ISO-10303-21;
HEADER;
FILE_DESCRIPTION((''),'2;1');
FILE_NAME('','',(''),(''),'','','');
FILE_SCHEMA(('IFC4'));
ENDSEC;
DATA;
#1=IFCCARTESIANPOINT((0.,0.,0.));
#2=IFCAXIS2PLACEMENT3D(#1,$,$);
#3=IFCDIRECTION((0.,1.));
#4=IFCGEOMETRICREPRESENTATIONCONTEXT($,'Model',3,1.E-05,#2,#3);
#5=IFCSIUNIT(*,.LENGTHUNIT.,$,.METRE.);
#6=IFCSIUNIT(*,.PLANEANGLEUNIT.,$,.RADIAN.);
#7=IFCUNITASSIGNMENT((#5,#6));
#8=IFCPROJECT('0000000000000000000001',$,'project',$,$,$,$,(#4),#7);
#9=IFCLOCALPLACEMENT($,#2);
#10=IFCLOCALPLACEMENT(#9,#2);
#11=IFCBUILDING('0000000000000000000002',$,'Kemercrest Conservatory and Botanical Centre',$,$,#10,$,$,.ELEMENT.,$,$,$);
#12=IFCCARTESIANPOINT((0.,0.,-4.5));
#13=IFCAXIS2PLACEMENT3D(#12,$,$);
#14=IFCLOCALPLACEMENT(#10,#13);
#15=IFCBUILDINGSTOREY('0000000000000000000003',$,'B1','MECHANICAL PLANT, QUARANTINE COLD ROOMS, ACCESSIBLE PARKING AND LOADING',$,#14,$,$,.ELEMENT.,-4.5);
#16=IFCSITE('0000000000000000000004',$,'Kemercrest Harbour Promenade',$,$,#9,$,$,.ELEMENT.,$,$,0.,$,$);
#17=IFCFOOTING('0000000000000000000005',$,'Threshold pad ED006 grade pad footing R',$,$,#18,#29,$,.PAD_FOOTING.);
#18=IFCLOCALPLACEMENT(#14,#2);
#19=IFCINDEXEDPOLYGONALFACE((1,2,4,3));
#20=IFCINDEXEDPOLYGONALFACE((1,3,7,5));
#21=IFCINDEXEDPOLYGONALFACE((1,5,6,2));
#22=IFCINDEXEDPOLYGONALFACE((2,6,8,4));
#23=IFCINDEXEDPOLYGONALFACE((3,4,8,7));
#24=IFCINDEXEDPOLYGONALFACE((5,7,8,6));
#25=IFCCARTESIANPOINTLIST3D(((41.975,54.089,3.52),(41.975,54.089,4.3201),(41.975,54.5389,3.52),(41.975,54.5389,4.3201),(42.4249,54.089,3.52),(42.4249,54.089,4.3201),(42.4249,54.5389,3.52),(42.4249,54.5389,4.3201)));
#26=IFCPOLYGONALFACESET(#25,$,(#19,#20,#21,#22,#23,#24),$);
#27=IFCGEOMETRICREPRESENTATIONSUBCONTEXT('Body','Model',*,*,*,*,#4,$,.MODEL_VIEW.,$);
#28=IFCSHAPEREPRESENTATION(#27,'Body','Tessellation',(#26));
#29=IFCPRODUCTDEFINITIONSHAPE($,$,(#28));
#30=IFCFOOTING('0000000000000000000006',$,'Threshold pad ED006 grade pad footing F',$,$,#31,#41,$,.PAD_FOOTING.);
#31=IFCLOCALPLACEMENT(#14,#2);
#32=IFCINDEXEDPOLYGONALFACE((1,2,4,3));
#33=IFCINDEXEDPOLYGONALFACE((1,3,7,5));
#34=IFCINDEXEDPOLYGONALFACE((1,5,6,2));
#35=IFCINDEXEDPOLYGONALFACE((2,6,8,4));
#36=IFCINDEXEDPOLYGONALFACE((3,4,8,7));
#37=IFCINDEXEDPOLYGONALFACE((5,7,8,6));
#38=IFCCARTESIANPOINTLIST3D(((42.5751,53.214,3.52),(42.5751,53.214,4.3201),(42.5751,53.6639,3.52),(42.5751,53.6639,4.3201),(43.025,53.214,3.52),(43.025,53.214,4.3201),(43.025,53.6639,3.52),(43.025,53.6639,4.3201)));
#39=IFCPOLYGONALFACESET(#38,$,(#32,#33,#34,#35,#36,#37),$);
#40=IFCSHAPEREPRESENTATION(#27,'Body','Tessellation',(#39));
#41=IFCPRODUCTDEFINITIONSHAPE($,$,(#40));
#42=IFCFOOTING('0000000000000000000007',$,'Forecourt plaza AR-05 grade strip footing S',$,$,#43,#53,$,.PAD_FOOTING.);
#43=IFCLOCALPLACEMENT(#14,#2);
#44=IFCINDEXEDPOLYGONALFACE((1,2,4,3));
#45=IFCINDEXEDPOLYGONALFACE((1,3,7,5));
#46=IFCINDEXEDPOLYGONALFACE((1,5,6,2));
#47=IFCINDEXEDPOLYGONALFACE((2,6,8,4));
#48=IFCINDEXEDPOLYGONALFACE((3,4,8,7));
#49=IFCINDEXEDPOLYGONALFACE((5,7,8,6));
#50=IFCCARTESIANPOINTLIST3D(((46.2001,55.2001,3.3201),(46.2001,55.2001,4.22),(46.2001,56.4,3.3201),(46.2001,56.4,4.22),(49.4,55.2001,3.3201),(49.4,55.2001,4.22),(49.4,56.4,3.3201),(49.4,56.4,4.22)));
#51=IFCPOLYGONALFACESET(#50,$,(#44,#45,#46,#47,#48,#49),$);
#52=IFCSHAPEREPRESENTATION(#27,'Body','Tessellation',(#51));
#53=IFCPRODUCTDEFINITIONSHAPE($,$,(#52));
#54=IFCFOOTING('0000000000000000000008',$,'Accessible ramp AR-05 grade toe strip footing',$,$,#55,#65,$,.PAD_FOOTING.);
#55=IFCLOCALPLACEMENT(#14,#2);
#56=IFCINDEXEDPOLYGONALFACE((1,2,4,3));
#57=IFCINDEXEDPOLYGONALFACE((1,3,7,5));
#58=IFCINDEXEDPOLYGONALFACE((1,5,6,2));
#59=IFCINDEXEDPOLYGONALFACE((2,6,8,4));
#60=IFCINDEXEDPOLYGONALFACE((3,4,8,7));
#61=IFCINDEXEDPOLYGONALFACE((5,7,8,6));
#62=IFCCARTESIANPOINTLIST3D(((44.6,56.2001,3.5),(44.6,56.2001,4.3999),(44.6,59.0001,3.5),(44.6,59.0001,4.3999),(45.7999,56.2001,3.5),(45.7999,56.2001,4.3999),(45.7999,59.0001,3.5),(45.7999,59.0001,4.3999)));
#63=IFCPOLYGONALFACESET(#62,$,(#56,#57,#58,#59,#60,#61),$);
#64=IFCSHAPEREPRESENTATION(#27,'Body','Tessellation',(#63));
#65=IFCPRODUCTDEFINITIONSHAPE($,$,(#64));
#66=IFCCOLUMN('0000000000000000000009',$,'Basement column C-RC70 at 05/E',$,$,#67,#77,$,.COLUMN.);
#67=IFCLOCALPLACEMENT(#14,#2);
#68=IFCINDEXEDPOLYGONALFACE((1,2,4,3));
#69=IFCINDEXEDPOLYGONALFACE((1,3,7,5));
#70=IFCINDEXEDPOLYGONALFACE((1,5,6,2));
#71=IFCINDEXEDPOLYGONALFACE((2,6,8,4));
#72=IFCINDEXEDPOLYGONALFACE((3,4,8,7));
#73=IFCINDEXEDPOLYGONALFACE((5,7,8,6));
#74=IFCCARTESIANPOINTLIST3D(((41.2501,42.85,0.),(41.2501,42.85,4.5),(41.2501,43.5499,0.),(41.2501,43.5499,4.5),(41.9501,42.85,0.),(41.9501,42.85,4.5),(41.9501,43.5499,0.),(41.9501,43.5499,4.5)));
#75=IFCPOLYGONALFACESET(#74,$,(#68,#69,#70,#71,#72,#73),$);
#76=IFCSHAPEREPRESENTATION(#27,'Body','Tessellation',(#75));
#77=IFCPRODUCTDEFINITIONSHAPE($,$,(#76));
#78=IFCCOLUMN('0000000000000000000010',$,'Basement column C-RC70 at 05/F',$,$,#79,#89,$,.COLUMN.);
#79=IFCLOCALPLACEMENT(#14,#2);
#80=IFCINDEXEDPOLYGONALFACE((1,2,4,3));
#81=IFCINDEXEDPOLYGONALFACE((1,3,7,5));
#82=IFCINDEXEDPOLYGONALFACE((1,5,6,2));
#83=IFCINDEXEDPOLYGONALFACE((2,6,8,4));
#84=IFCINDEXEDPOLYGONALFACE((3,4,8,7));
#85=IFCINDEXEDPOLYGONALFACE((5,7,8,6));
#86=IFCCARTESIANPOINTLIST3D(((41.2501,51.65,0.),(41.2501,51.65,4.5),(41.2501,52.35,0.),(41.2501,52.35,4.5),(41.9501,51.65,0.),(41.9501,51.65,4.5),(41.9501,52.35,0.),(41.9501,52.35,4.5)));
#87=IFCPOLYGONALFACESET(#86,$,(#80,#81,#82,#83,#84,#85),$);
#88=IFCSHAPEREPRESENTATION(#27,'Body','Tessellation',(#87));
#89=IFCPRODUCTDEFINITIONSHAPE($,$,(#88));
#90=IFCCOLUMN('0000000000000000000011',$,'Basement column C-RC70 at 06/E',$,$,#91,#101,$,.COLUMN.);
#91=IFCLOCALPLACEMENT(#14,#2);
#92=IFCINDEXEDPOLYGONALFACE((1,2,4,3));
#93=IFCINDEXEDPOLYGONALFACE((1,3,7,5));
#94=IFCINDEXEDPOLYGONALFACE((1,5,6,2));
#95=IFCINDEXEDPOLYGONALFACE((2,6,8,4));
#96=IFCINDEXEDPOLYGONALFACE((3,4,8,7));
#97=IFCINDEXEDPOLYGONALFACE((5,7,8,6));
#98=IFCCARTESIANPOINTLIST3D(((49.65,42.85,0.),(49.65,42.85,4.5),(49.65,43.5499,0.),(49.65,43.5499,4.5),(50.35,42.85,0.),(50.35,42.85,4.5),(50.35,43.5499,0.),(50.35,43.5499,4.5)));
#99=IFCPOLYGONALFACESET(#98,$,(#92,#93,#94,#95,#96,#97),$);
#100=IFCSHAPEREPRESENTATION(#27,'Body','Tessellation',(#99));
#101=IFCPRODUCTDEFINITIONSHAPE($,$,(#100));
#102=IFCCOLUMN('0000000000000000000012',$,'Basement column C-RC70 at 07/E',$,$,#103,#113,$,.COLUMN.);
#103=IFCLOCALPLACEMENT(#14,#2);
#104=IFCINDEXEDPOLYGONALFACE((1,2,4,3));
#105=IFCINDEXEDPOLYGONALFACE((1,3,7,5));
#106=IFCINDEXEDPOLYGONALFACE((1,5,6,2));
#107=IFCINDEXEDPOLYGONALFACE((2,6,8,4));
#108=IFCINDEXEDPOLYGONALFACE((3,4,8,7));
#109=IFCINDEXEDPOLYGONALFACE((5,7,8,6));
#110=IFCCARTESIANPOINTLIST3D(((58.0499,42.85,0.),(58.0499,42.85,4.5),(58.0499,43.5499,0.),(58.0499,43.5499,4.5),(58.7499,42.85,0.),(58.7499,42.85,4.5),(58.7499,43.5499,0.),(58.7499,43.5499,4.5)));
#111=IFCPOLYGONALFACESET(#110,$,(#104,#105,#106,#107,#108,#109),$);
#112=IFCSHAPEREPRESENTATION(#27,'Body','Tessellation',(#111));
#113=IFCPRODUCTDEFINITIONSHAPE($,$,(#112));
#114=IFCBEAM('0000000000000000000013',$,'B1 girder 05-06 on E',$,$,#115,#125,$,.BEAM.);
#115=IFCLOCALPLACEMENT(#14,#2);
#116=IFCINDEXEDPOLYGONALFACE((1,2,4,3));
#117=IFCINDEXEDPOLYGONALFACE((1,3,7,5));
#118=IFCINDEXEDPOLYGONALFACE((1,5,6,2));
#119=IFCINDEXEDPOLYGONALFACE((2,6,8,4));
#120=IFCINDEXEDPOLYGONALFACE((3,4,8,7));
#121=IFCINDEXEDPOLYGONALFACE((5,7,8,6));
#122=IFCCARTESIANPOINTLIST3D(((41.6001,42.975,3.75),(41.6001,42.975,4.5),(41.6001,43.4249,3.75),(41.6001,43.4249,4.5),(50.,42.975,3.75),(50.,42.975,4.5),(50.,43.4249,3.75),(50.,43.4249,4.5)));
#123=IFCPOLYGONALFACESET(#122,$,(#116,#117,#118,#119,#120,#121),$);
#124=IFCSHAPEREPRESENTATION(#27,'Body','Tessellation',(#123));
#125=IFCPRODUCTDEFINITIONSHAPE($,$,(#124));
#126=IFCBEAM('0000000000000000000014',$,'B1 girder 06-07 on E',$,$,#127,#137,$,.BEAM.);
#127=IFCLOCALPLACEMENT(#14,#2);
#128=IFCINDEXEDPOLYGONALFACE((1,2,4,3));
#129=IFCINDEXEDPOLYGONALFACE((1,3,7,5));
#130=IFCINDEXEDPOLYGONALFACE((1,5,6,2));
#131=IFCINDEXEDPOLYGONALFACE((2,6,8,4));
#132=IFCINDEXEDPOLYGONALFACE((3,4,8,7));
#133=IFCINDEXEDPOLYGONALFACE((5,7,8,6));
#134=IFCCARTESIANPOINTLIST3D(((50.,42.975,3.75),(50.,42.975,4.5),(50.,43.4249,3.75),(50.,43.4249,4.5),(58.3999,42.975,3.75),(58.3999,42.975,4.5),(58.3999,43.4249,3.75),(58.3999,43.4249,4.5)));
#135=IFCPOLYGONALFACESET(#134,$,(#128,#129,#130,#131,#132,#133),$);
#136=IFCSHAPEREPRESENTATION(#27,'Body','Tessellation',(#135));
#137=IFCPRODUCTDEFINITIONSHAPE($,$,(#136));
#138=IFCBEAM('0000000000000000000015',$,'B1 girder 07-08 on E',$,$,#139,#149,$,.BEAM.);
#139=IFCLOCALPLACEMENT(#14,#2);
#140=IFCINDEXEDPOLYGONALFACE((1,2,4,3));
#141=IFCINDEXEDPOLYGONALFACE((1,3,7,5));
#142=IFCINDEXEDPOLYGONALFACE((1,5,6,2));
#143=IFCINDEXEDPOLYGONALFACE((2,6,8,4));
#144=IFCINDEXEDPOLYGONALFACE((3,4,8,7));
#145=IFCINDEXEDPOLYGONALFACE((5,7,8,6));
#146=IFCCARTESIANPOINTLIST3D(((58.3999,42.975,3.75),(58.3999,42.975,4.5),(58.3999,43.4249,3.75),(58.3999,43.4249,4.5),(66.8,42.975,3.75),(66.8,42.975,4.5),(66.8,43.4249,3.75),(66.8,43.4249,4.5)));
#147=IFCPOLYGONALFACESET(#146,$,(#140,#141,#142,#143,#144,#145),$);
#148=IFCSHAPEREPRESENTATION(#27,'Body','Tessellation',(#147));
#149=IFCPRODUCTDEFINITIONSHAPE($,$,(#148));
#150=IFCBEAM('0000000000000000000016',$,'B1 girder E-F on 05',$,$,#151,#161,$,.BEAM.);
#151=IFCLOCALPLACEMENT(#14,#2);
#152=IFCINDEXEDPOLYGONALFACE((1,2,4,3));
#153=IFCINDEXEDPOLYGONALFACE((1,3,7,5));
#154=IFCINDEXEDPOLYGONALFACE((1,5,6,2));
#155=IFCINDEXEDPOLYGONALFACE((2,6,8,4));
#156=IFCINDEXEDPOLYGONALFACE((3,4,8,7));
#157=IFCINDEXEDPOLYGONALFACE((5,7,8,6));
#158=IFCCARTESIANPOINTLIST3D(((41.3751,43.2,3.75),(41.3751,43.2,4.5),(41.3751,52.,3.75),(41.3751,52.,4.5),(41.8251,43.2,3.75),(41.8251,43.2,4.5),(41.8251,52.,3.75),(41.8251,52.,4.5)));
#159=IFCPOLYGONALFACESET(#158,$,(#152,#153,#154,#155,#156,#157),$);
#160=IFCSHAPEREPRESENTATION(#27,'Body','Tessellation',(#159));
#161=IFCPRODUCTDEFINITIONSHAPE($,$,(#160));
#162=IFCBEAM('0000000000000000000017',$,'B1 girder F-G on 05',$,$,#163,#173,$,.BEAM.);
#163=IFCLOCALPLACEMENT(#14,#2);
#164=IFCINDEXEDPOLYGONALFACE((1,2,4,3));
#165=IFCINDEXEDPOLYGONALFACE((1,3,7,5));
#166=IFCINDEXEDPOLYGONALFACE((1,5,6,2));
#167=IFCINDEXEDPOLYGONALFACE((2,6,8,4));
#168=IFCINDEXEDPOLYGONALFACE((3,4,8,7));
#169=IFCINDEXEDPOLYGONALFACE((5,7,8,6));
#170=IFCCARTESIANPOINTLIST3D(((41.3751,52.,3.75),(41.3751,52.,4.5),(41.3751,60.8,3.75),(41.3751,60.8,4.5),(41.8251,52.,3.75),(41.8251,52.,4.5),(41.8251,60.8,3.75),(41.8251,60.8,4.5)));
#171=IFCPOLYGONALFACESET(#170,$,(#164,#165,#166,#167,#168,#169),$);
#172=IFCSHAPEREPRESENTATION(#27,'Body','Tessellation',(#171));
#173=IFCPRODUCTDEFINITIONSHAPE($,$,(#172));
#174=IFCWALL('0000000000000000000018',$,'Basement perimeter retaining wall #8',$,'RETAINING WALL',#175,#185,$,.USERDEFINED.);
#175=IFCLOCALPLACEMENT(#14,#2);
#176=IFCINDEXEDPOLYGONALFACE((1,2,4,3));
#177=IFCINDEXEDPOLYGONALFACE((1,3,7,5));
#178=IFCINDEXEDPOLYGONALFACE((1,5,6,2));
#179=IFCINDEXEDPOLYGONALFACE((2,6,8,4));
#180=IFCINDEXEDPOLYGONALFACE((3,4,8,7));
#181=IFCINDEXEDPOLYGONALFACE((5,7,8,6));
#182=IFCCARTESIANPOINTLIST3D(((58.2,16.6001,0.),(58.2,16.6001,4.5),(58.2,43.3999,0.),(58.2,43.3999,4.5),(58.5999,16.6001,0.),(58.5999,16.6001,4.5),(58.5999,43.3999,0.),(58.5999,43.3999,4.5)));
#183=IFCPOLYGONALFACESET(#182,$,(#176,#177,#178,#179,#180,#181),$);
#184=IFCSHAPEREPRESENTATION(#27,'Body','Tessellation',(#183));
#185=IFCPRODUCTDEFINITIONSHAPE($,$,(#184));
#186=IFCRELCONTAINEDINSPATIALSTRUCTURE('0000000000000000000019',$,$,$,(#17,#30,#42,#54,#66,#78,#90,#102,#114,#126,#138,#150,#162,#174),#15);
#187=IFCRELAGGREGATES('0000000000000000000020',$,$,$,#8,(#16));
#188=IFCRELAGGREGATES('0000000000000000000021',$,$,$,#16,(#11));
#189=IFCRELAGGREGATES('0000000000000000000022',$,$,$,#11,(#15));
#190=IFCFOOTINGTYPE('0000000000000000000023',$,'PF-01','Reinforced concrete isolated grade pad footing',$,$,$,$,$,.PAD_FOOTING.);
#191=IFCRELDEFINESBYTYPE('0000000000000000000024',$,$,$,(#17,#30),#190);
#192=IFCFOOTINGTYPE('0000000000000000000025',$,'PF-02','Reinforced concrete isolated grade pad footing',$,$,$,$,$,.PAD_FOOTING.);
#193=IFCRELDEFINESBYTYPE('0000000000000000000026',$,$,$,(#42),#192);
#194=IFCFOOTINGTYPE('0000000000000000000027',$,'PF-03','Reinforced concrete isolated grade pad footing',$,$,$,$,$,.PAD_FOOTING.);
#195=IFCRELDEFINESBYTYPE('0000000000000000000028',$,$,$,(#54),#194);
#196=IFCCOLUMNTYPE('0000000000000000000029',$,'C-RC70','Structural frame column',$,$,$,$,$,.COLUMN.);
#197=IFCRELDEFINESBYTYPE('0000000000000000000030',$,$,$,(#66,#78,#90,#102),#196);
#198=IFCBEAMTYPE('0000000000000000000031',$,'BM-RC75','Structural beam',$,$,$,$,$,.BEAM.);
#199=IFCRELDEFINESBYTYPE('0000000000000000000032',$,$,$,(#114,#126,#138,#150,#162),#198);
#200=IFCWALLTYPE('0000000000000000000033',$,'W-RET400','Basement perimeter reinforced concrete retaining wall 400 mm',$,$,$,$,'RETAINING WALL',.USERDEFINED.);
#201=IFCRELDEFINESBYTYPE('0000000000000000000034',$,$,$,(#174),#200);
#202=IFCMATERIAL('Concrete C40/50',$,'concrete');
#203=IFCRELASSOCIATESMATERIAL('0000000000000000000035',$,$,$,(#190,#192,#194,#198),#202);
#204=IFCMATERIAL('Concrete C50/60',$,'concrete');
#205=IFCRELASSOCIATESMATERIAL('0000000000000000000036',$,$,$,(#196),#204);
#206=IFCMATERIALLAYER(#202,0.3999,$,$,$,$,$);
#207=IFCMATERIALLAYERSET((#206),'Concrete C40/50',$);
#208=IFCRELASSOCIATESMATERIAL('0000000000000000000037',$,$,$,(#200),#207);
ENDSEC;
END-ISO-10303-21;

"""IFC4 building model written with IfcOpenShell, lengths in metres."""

from ifc_helpers import new_model, si_unit, direction, frame, frame_2d, origin, origin_2d, place, context, subcontext, project, spatial, rectangle, extrude, material, layer, layer_set, material_profile, profile_set, type_object, element, save


model = new_model("IFC4")

# Units and contexts
model_context = context("Model", 3, precision=1e-05, world=origin(), true_north=direction((0.0, 1.0)))
body_context = subcontext(model_context, "Body", "Model", "MODEL_VIEW")
ifc_project = project(units=[si_unit("LENGTHUNIT", "METRE"), si_unit("PLANEANGLEUNIT", "RADIAN")], contexts=[model_context])

# Site, building, storey
site_placement = place(None, origin())
site = spatial("IfcSite", under=ifc_project, at=site_placement, Name="Kemercrest Harbour Promenade", CompositionType="ELEMENT", RefElevation=0.0)
building_placement = place(site_placement, origin())
building = spatial("IfcBuilding", under=site, at=building_placement, Name="Kemercrest Conservatory and Botanical Centre", CompositionType="ELEMENT")
storey_placement = place(building_placement, frame((0.0, 0.0, -4.5)))
storey = spatial("IfcBuildingStorey", under=building, at=storey_placement, Name="B1", Description="MECHANICAL PLANT, QUARANTINE COLD ROOMS, ACCESSIBLE PARKING AND LOADING", CompositionType="ELEMENT", Elevation=-4.5)

# Shared definitions
ifc_material_1 = material(Name="Concrete C40/50", Category="concrete")

# Footings
footing_type_1 = type_object("IfcFootingType", Name="PF-01", Description="Reinforced concrete isolated grade pad footing", PredefinedType="PAD_FOOTING", material=ifc_material_1)
for number, where, z_axis, x_axis, name in (
    (1, (42.2, 54.314, 3.52), (0.0, 0.0, 1.0), (0.0, 1.0, 0.0), "Threshold pad ED006 grade pad footing R"),
    (2, (42.8, 53.439, 3.52), (0.0, 0.0, 1.0), (0.0, 1.0, 0.0), "Threshold pad ED006 grade pad footing F"),
):
    element("IfcFooting", number, at=place(storey_placement, frame(where, z_axis=z_axis, x_axis=x_axis)), inside=storey, type_object=footing_type_1, Name=name, PredefinedType="PAD_FOOTING", context=body_context, shape_type="SweptSolid", body=[
        extrude(rectangle(XDim=0.45, YDim=0.45, at=origin_2d()), origin(), (0.0, 0.0, 1.0), 0.8),
    ])
footing_type_2 = type_object("IfcFootingType", Name="PF-02", Description="Reinforced concrete isolated grade pad footing", PredefinedType="PAD_FOOTING", material=ifc_material_1)
footing_1_placement = place(storey_placement, frame((47.8, 55.8, 3.3201), z_axis=(0.0, 0.0, 1.0), x_axis=(1.0, 0.0, 0.0)))
element("IfcFooting", 3, at=footing_1_placement, inside=storey, type_object=footing_type_2, Name="Forecourt plaza AR-05 grade strip footing S", PredefinedType="PAD_FOOTING", context=body_context, shape_type="SweptSolid", body=[
    extrude(rectangle(XDim=3.2, YDim=1.2, at=origin_2d()), origin(), (0.0, 0.0, 1.0), 0.8999),
])
footing_type_3 = type_object("IfcFootingType", Name="PF-03", Description="Reinforced concrete isolated grade pad footing", PredefinedType="PAD_FOOTING", material=ifc_material_1)
footing_2_placement = place(storey_placement, frame((45.2, 57.6001, 3.5), z_axis=(0.0, 0.0, 1.0), x_axis=(1.0, 0.0, 0.0)))
element("IfcFooting", 4, at=footing_2_placement, inside=storey, type_object=footing_type_3, Name="Accessible ramp AR-05 grade toe strip footing", PredefinedType="PAD_FOOTING", context=body_context, shape_type="SweptSolid", body=[
    extrude(rectangle(XDim=1.2, YDim=2.8, at=origin_2d()), origin(), (0.0, 0.0, 1.0), 0.8999),
])

# Columns
ifc_material_2 = material(Name="Concrete C50/60", Category="concrete")
ifc_material_profile_1 = material_profile(ifc_material_2, rectangle(XDim=0.7, YDim=0.7, at=origin_2d()), Name="RC 700x700")
ifc_profile_set_1 = profile_set([ifc_material_profile_1], Name="Concrete C50/60")
column_type = type_object("IfcColumnType", Name="C-RC70", Description="Structural frame column", PredefinedType="COLUMN", material=ifc_profile_set_1)
for number, where, z_axis, x_axis, name in (
    (5, (41.6001, 43.2, 0.0), (0.0, 0.0, 1.0), (1.0, 0.0, 0.0), "Basement column C-RC70 at 05/E"),
    (6, (41.6001, 52.0, 0.0), (0.0, 0.0, 1.0), (1.0, 0.0, 0.0), "Basement column C-RC70 at 05/F"),
    (7, (50.0, 43.2, 0.0), (0.0, 0.0, 1.0), (1.0, 0.0, 0.0), "Basement column C-RC70 at 06/E"),
    (8, (58.3999, 43.2, 0.0), (0.0, 0.0, 1.0), (1.0, 0.0, 0.0), "Basement column C-RC70 at 07/E"),
):
    element("IfcColumn", number, at=place(storey_placement, frame(where, z_axis=z_axis, x_axis=x_axis)), inside=storey, type_object=column_type, Name=name, PredefinedType="COLUMN", context=body_context, shape_type="SweptSolid", body=[
        extrude(rectangle(XDim=0.7, YDim=0.7, at=origin_2d()), origin(), (0.0, 0.0, 1.0), 4.5),
    ])

# Beams
ifc_material_profile_2 = material_profile(ifc_material_1, rectangle(XDim=0.45, YDim=0.75, at=origin_2d()), Name="RC 450x750")
ifc_profile_set_2 = profile_set([ifc_material_profile_2], Name="Concrete C40/50")
beam_type = type_object("IfcBeamType", Name="BM-RC75", Description="Structural beam", PredefinedType="BEAM", material=ifc_profile_set_2)
for number, where, z_axis, x_axis, name in (
    (9, (41.6001, 43.2, 4.125), (1.0, 0.0, 0.0), (0.0, 1.0, 0.0), "B1 girder 05-06 on E"),
    (10, (50.0, 43.2, 4.125), (1.0, 0.0, 0.0), (0.0, 1.0, 0.0), "B1 girder 06-07 on E"),
):
    element("IfcBeam", number, at=place(storey_placement, frame(where, z_axis=z_axis, x_axis=x_axis)), inside=storey, type_object=beam_type, Name=name, PredefinedType="BEAM", context=body_context, shape_type="SweptSolid", body=[
        extrude(rectangle(XDim=0.45, YDim=0.75, at=origin_2d()), origin(), (0.0, 0.0, 1.0), 8.3999),
    ])
beam_placement = place(storey_placement, frame((58.3999, 43.2, 4.125), z_axis=(1.0, 0.0, 0.0), x_axis=(0.0, 1.0, 0.0)))
element("IfcBeam", 11, at=beam_placement, inside=storey, type_object=beam_type, Name="B1 girder 07-08 on E", PredefinedType="BEAM", context=body_context, shape_type="SweptSolid", body=[
    extrude(rectangle(XDim=0.45, YDim=0.75, at=origin_2d()), origin(), (0.0, 0.0, 1.0), 8.4001),
])
for number, where, z_axis, x_axis, name in (
    (12, (41.6001, 43.2, 4.125), (0.0, 1.0, 0.0), (-1.0, 0.0, 0.0), "B1 girder E-F on 05"),
    (13, (41.6001, 52.0, 4.125), (0.0, 1.0, 0.0), (-1.0, 0.0, 0.0), "B1 girder F-G on 05"),
):
    element("IfcBeam", number, at=place(storey_placement, frame(where, z_axis=z_axis, x_axis=x_axis)), inside=storey, type_object=beam_type, Name=name, PredefinedType="BEAM", context=body_context, shape_type="SweptSolid", body=[
        extrude(rectangle(XDim=0.45, YDim=0.75, at=origin_2d()), origin(), (0.0, 0.0, 1.0), 8.8),
    ])

# Wall
ifc_layer = layer(ifc_material_1, 0.3999)
ifc_layer_set = layer_set([ifc_layer], Name="Concrete C40/50")
wall_type = type_object("IfcWallType", Name="W-RET400", Description="Basement perimeter reinforced concrete retaining wall 400 mm", ElementType="RETAINING WALL", PredefinedType="USERDEFINED", material=ifc_layer_set)
wall_placement = place(storey_placement, frame((58.3999, 43.3999, 0.0), z_axis=(0.0, 0.0, 1.0), x_axis=(0.0, -1.0, 0.0)))
element("IfcWall", 14, at=wall_placement, inside=storey, type_object=wall_type, Name="Basement perimeter retaining wall #8", ObjectType="RETAINING WALL", PredefinedType="USERDEFINED", context=body_context, shape_type="SweptSolid", body=[
    extrude(rectangle(XDim=26.7998, YDim=0.3999, at=frame_2d((13.3999, 0.0))), origin(), (0.0, 0.0, 1.0), 4.5),
])

save(model, "model.ifc")
